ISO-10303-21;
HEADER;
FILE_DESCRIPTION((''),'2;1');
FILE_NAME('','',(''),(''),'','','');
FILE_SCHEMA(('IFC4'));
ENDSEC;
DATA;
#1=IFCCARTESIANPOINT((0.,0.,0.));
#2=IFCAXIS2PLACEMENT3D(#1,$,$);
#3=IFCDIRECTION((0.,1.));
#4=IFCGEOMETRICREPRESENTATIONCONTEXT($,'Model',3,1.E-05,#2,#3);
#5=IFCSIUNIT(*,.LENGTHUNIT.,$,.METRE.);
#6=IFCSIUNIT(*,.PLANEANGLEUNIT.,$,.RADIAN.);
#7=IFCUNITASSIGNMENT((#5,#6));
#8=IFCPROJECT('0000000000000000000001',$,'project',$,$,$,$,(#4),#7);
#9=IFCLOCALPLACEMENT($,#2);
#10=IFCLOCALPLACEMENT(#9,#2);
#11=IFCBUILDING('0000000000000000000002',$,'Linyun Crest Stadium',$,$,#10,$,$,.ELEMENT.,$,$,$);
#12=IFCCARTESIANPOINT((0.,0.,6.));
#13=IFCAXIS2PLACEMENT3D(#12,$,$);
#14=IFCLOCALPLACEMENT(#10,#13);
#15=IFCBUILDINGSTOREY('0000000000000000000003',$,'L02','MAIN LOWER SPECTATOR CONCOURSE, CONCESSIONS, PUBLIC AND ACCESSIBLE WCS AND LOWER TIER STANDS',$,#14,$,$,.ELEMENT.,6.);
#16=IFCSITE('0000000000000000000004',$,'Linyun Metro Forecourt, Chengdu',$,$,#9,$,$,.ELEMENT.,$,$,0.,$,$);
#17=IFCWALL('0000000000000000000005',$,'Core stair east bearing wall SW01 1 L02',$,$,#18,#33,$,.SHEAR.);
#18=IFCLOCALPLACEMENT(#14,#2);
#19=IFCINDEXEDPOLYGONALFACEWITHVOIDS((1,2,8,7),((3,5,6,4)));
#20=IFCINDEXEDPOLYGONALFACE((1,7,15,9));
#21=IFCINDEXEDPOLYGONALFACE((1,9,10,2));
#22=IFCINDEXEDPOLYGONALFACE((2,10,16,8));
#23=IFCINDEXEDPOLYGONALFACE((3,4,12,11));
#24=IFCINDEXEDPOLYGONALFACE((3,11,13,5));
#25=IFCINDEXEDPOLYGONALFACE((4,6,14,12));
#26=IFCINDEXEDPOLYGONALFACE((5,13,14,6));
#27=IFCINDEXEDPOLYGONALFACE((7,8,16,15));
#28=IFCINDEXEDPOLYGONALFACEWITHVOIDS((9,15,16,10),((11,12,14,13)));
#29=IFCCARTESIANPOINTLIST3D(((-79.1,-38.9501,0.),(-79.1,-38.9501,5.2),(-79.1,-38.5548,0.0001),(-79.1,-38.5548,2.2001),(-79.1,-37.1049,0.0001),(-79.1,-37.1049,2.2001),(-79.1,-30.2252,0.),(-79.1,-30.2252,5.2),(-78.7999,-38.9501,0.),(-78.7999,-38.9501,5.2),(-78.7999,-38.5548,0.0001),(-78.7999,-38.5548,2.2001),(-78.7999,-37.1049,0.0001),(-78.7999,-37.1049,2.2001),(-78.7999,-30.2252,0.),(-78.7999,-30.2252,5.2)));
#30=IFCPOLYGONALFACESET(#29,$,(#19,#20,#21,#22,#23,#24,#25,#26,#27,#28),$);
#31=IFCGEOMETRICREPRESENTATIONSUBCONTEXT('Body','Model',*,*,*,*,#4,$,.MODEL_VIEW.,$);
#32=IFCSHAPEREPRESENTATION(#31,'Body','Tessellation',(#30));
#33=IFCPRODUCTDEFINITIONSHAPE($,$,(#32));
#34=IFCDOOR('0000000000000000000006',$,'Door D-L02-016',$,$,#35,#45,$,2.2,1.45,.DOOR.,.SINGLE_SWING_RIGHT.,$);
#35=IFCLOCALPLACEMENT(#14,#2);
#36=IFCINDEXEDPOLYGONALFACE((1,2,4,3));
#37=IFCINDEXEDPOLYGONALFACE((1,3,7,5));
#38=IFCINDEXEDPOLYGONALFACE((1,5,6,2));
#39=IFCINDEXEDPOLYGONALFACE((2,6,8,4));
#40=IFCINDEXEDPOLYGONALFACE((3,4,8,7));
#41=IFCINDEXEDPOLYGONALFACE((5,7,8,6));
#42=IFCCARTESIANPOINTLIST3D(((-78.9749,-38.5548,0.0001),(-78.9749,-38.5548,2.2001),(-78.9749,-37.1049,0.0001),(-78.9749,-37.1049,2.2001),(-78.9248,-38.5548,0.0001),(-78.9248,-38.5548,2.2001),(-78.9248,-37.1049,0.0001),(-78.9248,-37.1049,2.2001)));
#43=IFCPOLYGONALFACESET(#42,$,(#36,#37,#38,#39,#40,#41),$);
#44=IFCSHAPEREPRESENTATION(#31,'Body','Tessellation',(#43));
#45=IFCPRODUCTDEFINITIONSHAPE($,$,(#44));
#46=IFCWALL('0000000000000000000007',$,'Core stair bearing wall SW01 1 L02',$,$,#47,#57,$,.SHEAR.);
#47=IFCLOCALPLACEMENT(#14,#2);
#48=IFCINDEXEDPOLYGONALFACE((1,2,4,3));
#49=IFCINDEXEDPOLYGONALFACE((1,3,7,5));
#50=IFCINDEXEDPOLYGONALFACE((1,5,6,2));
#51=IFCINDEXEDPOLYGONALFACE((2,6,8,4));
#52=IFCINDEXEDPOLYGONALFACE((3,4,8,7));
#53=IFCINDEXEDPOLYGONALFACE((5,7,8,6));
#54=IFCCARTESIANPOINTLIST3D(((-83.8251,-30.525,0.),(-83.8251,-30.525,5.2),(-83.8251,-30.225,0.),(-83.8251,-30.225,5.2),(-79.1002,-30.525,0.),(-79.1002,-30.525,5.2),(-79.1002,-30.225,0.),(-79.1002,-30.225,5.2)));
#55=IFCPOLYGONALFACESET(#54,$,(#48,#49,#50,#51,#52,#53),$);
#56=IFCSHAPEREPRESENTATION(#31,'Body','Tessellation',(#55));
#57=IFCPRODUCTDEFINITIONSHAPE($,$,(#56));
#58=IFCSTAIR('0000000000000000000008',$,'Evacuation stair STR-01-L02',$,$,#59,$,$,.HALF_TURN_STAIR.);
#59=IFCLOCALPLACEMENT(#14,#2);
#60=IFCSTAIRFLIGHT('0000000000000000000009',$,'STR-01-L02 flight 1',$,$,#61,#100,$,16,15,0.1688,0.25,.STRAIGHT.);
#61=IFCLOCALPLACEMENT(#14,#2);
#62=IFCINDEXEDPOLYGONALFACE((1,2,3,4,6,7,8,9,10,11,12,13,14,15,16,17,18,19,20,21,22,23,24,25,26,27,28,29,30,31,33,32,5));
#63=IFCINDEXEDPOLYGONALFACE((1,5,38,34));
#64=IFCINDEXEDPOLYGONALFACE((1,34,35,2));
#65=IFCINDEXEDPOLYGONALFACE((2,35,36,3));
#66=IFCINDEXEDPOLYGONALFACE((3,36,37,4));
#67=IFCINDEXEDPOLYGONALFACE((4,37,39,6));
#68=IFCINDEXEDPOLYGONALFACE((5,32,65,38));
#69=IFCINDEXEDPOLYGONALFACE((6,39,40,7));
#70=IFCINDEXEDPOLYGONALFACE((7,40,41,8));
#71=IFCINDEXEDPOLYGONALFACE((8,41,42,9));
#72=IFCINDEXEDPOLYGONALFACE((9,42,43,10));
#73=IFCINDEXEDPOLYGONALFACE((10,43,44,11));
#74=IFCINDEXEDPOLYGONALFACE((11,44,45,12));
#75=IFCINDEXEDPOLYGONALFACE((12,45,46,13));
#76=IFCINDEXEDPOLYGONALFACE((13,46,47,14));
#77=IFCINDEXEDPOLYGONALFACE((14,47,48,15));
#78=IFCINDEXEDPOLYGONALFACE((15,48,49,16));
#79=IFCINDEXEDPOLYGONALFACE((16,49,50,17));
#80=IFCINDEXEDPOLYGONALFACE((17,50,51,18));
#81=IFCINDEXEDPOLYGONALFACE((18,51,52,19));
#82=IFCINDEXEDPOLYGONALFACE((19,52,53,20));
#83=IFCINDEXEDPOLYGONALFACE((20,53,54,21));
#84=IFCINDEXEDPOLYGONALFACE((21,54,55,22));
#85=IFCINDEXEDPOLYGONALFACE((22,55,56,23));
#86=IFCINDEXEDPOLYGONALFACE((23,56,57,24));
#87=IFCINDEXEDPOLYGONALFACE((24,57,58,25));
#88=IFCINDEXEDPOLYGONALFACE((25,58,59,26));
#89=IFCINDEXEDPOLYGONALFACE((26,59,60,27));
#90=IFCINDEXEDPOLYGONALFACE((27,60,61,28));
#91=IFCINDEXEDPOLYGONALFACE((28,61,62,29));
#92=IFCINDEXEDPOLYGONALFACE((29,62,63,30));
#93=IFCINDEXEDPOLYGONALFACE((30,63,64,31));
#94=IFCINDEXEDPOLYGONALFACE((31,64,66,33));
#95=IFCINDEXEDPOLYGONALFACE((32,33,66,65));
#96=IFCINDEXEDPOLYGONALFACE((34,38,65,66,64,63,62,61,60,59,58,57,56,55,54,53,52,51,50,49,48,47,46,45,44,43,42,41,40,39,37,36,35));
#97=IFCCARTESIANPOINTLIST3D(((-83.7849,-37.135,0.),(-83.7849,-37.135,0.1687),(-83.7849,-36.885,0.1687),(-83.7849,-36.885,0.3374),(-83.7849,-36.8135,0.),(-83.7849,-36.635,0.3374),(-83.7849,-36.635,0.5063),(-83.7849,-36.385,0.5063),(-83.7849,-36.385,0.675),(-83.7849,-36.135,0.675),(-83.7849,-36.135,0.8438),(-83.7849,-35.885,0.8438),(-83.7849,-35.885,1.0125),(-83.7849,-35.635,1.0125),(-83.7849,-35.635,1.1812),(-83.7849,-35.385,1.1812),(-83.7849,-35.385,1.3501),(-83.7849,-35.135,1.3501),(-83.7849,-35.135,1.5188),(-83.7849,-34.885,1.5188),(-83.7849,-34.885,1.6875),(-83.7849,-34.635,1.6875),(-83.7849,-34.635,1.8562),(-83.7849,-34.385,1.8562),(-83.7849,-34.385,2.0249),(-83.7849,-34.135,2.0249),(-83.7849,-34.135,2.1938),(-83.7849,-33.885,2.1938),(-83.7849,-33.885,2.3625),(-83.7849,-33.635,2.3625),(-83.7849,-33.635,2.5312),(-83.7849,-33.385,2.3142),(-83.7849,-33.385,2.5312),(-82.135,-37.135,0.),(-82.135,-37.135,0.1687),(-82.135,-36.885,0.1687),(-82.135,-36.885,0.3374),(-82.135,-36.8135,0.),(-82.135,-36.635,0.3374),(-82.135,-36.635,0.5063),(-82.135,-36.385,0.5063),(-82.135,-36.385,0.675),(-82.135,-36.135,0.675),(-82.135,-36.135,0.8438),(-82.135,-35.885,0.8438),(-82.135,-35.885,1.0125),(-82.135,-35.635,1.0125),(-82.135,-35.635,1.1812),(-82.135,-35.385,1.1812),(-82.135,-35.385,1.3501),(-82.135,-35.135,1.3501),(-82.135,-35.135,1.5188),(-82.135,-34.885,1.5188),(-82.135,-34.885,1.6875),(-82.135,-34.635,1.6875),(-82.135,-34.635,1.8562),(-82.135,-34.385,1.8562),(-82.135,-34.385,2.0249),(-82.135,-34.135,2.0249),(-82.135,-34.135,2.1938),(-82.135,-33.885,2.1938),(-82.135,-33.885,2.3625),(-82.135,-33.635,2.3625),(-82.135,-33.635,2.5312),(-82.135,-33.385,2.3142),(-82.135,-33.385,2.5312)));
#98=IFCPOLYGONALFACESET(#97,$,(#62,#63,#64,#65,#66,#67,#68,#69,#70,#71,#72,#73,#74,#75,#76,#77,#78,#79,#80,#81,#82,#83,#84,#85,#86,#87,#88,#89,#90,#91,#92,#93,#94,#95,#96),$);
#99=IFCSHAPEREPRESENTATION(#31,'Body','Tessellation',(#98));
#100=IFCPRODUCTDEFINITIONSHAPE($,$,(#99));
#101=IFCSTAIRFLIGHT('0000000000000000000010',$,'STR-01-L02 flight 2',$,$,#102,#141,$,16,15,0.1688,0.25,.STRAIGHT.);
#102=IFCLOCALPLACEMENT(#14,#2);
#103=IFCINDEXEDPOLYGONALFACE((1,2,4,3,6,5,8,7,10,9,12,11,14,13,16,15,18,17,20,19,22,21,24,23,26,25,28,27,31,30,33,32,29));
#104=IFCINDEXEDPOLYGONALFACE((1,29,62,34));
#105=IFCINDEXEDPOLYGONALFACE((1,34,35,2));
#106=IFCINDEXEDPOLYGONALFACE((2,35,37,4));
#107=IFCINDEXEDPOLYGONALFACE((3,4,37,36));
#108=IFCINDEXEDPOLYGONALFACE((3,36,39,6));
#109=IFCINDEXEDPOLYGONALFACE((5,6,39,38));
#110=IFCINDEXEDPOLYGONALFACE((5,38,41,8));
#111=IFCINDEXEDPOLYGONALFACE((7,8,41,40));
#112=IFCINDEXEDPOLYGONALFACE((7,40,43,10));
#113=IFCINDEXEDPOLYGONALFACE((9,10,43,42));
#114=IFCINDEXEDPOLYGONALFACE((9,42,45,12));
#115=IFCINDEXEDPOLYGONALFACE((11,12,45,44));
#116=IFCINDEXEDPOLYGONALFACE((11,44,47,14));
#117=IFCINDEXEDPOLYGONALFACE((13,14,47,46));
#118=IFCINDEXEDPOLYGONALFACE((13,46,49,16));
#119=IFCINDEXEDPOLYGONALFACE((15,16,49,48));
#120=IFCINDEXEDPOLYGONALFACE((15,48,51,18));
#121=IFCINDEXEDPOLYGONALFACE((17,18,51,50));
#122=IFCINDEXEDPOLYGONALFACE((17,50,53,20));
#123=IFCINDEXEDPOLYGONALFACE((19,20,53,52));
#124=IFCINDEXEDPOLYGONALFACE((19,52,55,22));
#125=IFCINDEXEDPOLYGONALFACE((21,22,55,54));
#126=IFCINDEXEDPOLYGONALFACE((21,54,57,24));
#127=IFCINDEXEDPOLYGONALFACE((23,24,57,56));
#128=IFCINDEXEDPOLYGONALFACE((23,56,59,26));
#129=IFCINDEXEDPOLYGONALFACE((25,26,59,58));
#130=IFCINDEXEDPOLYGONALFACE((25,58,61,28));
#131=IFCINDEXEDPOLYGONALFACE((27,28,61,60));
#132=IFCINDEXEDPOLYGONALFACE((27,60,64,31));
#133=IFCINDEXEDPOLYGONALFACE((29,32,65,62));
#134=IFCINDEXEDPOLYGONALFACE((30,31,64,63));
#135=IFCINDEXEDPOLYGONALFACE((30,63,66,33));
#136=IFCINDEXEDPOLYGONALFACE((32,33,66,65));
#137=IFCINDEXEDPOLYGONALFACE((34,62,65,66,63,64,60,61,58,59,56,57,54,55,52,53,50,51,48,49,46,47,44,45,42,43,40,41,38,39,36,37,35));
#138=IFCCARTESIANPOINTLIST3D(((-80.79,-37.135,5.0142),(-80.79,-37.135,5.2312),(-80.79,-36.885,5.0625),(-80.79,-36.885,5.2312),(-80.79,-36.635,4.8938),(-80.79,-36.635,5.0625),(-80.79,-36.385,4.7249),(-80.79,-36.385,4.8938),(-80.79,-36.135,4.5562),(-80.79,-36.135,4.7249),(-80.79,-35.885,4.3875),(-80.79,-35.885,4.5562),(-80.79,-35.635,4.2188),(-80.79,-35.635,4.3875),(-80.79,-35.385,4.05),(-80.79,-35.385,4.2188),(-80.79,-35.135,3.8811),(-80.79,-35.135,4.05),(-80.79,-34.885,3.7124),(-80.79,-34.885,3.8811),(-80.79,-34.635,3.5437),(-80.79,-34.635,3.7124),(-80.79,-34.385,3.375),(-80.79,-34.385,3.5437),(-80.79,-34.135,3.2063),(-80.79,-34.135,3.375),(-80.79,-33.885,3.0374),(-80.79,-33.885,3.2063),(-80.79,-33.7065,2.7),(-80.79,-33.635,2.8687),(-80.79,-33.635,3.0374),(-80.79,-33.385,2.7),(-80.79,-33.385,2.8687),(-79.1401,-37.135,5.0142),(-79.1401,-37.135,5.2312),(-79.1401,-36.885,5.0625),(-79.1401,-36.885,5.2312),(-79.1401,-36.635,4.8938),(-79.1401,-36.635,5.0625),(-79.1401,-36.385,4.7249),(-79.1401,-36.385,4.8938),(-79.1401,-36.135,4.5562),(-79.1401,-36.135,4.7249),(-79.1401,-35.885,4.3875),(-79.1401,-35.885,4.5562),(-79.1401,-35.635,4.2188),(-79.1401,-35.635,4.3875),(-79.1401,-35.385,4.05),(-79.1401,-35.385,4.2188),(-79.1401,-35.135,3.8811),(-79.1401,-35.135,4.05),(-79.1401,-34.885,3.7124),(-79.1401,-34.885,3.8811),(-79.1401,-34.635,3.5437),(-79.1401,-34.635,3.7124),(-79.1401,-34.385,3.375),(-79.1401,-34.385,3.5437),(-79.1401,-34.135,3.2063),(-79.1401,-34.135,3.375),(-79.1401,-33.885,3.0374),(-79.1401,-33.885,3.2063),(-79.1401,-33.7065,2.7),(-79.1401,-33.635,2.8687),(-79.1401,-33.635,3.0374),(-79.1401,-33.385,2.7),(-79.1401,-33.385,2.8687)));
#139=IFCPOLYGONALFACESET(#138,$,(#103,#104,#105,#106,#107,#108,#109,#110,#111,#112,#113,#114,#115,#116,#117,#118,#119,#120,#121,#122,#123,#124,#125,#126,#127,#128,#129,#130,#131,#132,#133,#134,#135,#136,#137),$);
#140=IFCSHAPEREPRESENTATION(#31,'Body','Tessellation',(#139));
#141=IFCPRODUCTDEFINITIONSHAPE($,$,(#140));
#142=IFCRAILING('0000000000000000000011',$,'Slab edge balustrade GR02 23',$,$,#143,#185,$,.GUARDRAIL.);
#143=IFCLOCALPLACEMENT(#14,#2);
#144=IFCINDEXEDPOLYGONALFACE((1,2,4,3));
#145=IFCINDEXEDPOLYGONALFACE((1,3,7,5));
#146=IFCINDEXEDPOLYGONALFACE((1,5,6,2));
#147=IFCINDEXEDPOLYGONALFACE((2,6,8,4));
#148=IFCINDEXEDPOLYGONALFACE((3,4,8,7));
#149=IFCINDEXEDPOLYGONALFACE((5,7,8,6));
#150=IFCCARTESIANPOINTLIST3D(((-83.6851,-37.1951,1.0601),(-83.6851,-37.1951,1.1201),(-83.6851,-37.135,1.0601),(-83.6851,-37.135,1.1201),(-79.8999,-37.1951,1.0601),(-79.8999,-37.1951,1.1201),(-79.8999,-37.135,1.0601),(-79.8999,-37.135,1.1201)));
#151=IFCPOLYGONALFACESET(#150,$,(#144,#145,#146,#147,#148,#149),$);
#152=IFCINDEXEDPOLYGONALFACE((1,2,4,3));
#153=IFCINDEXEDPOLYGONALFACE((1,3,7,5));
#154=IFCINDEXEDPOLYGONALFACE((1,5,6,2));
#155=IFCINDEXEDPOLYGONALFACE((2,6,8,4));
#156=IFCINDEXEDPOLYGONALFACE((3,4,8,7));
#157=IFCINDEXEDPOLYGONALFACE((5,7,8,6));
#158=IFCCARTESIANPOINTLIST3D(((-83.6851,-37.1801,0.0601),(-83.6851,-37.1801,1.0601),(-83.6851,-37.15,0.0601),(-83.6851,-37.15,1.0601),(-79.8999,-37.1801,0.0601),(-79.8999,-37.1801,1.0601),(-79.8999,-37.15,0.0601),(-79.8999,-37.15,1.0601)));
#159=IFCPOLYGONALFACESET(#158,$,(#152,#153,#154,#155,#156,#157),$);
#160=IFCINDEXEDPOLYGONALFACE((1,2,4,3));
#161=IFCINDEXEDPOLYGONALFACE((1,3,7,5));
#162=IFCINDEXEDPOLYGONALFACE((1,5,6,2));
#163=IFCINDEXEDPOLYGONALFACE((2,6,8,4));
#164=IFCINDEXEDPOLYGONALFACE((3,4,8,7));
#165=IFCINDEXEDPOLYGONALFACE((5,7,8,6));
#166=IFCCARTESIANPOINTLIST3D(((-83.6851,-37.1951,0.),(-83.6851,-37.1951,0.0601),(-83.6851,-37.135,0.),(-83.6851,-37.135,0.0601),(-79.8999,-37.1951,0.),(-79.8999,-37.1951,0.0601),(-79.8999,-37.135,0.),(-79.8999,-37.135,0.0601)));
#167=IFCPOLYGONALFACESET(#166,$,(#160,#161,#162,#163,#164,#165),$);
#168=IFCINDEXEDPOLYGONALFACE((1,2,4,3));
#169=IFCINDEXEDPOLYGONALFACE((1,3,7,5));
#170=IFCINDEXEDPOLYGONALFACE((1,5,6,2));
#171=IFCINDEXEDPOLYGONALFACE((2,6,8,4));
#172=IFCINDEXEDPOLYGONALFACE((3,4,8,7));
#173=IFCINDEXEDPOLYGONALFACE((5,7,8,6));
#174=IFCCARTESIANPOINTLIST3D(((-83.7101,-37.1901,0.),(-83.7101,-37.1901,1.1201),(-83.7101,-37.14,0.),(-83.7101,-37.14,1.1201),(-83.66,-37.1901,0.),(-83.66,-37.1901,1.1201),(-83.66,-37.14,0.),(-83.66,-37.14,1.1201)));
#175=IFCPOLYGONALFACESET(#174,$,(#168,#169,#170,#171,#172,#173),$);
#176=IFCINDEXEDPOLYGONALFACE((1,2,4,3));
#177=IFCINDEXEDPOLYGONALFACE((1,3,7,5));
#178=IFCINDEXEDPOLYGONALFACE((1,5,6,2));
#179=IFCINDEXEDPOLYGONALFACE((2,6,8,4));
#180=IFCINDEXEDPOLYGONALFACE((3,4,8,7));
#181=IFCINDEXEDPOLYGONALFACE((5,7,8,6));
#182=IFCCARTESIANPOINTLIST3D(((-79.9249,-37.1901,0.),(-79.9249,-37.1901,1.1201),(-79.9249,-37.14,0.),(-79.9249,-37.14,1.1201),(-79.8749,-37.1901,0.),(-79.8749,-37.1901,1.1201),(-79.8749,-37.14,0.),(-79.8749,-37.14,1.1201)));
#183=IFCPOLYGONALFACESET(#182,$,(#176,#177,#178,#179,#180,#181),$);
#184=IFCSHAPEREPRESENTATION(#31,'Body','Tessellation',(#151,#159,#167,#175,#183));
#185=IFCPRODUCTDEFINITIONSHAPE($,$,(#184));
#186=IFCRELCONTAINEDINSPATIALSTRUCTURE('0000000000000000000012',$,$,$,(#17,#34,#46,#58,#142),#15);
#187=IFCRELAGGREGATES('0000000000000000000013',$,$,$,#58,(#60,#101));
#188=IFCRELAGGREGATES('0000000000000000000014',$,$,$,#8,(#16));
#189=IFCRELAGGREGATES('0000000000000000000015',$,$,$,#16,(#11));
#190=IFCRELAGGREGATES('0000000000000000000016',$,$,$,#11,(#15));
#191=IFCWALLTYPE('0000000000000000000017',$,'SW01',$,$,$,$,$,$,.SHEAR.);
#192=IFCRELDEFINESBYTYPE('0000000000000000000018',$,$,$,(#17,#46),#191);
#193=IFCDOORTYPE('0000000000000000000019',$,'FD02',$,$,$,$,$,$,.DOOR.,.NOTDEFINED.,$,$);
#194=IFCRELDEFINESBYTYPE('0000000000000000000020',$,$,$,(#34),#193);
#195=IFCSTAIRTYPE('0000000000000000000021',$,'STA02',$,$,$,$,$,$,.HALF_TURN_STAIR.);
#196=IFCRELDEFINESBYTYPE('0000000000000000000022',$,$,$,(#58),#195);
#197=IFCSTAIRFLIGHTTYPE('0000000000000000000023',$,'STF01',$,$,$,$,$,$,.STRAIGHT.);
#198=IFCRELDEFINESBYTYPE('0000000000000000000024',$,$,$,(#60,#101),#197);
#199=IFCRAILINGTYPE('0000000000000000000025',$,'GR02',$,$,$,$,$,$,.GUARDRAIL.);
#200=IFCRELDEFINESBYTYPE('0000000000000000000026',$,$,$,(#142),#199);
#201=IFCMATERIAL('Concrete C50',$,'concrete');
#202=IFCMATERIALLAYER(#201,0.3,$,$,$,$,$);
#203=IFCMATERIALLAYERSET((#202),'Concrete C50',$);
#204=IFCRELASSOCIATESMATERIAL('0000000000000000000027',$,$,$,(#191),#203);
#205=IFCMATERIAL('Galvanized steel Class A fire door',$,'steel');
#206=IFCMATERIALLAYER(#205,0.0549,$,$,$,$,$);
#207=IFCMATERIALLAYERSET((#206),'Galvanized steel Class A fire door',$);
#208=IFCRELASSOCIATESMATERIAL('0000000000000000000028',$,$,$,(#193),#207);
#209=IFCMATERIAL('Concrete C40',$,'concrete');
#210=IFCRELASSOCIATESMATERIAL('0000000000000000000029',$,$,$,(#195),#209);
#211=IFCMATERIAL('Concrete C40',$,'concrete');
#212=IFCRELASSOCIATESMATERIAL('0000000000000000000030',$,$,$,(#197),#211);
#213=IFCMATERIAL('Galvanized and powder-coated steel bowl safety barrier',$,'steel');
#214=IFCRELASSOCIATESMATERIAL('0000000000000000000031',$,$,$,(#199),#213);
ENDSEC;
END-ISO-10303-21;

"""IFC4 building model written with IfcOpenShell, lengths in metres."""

from ifc_helpers import new_model, si_unit, direction, frame, frame_2d, origin, origin_2d, place, context, subcontext, project, spatial, polyline, rectangle, outline, extrude, material, layer, layer_set, type_object, element, fill, aggregate, save


model = new_model("IFC4")

# Units and contexts
model_context = context("Model", 3, precision=1e-05, world=origin(), true_north=direction((0.0, 1.0)))
body_context = subcontext(model_context, "Body", "Model", "MODEL_VIEW")
ifc_project = project(units=[si_unit("LENGTHUNIT", "METRE"), si_unit("PLANEANGLEUNIT", "RADIAN")], contexts=[model_context])

# Site, building, storey
site_placement = place(None, origin())
site = spatial("IfcSite", under=ifc_project, at=site_placement, Name="Linyun Metro Forecourt, Chengdu", CompositionType="ELEMENT", RefElevation=0.0)
building_placement = place(site_placement, origin())
building = spatial("IfcBuilding", under=site, at=building_placement, Name="Linyun Crest Stadium", CompositionType="ELEMENT")
storey_placement = place(building_placement, frame((0.0, 0.0, 6.0)))
storey = spatial("IfcBuildingStorey", under=building, at=storey_placement, Name="L02", Description="MAIN LOWER SPECTATOR CONCOURSE, CONCESSIONS, PUBLIC AND ACCESSIBLE WCS AND LOWER TIER STANDS", CompositionType="ELEMENT", Elevation=6.0)

# Wall, opening, door
ifc_material_1 = material(Name="Concrete C50", Category="concrete")
ifc_layer_1 = layer(ifc_material_1, 0.3)
ifc_layer_set_1 = layer_set([ifc_layer_1], Name="Concrete C50")
wall_type_1 = type_object("IfcWallType", Name="SW01", PredefinedType="SHEAR", material=ifc_layer_set_1)
wall_1_placement = place(storey_placement, frame((-78.95, -38.95, 0.0), z_axis=(0.0, 0.0, 1.0), x_axis=(0.0, 1.0, 0.0)))
wall_1 = element("IfcWall", 1, at=wall_1_placement, inside=storey, type_object=wall_type_1, Name="Core stair east bearing wall SW01 1 L02", PredefinedType="SHEAR", context=body_context, shape_type="SweptSolid", body=[
    extrude(rectangle(XDim=8.7249, YDim=0.3, at=frame_2d((4.3623, 0.0))), origin(), (0.0, 0.0, 1.0), 5.2),
])
opening_1_placement = place(wall_1_placement, frame((0.395, 0.0, 0.0)))
opening_1 = element("IfcOpeningElement", 2, at=opening_1_placement, cuts=wall_1, PredefinedType="OPENING", context=body_context, shape_type="SweptSolid", body=[
    extrude(rectangle(XDim=1.45, YDim=2.2, at=frame_2d((0.7251, 1.1001))), frame((0.0, 0.1599, 0.0), z_axis=(0.0, -1.0, 0.0), x_axis=(1.0, 0.0, 0.0)), (0.0, 0.0, 1.0), 0.3201),
])
ifc_material_2 = material(Name="Galvanized steel Class A fire door", Category="steel")
ifc_layer_2 = layer(ifc_material_2, 0.0549)
ifc_layer_set_2 = layer_set([ifc_layer_2], Name="Galvanized steel Class A fire door")
door_type_1 = type_object("IfcDoorType", Name="FD02", OperationType="NOTDEFINED", PredefinedType="DOOR", material=ifc_layer_set_2)
door_1_placement = place(opening_1_placement, origin())
door_1 = element("IfcDoor", 3, at=door_1_placement, inside=storey, type_object=door_type_1, Name="Door D-L02-016", OperationType="SINGLE_SWING_RIGHT", OverallHeight=2.2, OverallWidth=1.45, PredefinedType="DOOR", context=body_context, shape_type="SweptSolid", body=[
    extrude(rectangle(XDim=1.45, YDim=2.2, at=frame_2d((0.7251, 1.1001))), frame((0.0, 0.0249, 0.0), z_axis=(0.0, -1.0, 0.0), x_axis=(1.0, 0.0, 0.0)), (0.0, 0.0, 1.0), 0.05),
])
fill(opening_1, door_1)

# Wall
wall_2_placement = place(storey_placement, frame((-83.825, -30.375, 0.0), z_axis=(0.0, 0.0, 1.0), x_axis=(1.0, 0.0, 0.0)))
element("IfcWall", 4, at=wall_2_placement, inside=storey, type_object=wall_type_1, Name="Core stair bearing wall SW01 1 L02", PredefinedType="SHEAR", context=body_context, shape_type="SweptSolid", body=[
    extrude(rectangle(XDim=4.7249, YDim=0.3, at=frame_2d((2.3623, 0.0))), origin(), (0.0, 0.0, 1.0), 5.2),
])

# Stair, stair flights
ifc_material_3 = material(Name="Concrete C40", Category="concrete")
stair_type = type_object("IfcStairType", Name="STA02", PredefinedType="HALF_TURN_STAIR", material=ifc_material_3)
stair_placement = place(storey_placement, origin())
stair = element("IfcStair", 5, at=stair_placement, inside=storey, type_object=stair_type, Name="Evacuation stair STR-01-L02", PredefinedType="HALF_TURN_STAIR")
ifc_material_4 = material(Name="Concrete C40", Category="concrete")
stair_flight_type = type_object("IfcStairFlightType", Name="STF01", PredefinedType="STRAIGHT", material=ifc_material_4)
stair_flight_1_placement = place(storey_placement, frame((-82.96, -37.135, 0.0), z_axis=(0.0, 0.0, 1.0), x_axis=(0.0, 1.0, 0.0)))
stair_flight_1 = element("IfcStairFlight", 6, at=stair_flight_1_placement, type_object=stair_flight_type, Name="STR-01-L02 flight 1", NumberOfRisers=16, NumberOfTreads=15, PredefinedType="STRAIGHT", RiserHeight=0.1688, TreadLength=0.25, context=body_context, shape_type="SweptSolid", body=[
    extrude(outline(polyline([(0.0, 0.0), (0.0, 0.1687), (0.25, 0.1687), (0.25, 0.3374), (0.5, 0.3374), (0.5, 0.5063), (0.75, 0.5063), (0.75, 0.675), (1.0, 0.675), (1.0, 0.8438), (1.25, 0.8438), (1.25, 1.0125), (1.5, 1.0125), (1.5, 1.1812), (1.75, 1.1812), (1.75, 1.3501), (2.0, 1.3501), (2.0, 1.5188), (2.25, 1.5188), (2.25, 1.6875), (2.5, 1.6875), (2.5, 1.8562), (2.75, 1.8562), (2.75, 2.0249), (3.0, 2.0249), (3.0, 2.1938), (3.25, 2.1938), (3.25, 2.3625), (3.5, 2.3625), (3.5, 2.5312), (3.75, 2.5312), (3.75, 2.7), (3.75, 2.3142), (0.3215, 0.0), (0.0, 0.0)])), frame((0.0, 0.825, 0.0), z_axis=(0.0, -1.0, 0.0), x_axis=(1.0, 0.0, 0.0)), (0.0, 0.0, 1.0), 1.6499),
])
stair_flight_2_placement = place(storey_placement, frame((-79.9651, -33.385, 2.7), z_axis=(0.0, 0.0, 1.0), x_axis=(0.0, -1.0, 0.0)))
stair_flight_2 = element("IfcStairFlight", 7, at=stair_flight_2_placement, type_object=stair_flight_type, Name="STR-01-L02 flight 2", NumberOfRisers=16, NumberOfTreads=15, PredefinedType="STRAIGHT", RiserHeight=0.1688, TreadLength=0.25, context=body_context, shape_type="SweptSolid", body=[
    extrude(outline(polyline([(0.0, 0.0), (0.0, 0.1687), (0.25, 0.1687), (0.25, 0.3374), (0.5, 0.3374), (0.5, 0.5063), (0.75, 0.5063), (0.75, 0.675), (1.0, 0.675), (1.0, 0.8438), (1.25, 0.8438), (1.25, 1.0125), (1.5, 1.0125), (1.5, 1.1812), (1.75, 1.1812), (1.75, 1.3501), (2.0, 1.3501), (2.0, 1.5188), (2.25, 1.5188), (2.25, 1.6875), (2.5, 1.6875), (2.5, 1.8562), (2.75, 1.8562), (2.75, 2.0249), (3.0, 2.0249), (3.0, 2.1938), (3.25, 2.1938), (3.25, 2.3625), (3.5, 2.3625), (3.5, 2.5312), (3.75, 2.5312), (3.75, 2.7), (3.75, 2.3142), (0.3215, 0.0), (0.0, 0.0)])), frame((0.0, 0.825, 0.0), z_axis=(0.0, -1.0, 0.0), x_axis=(1.0, 0.0, 0.0)), (0.0, 0.0, 1.0), 1.6499),
])
aggregate(stair, [stair_flight_1, stair_flight_2])

# Railing
ifc_material_5 = material(Name="Galvanized and powder-coated steel bowl safety barrier", Category="steel")
railing_type_1 = type_object("IfcRailingType", Name="GR02", PredefinedType="GUARDRAIL", material=ifc_material_5)
railing_1_placement = place(storey_placement, frame((-83.6851, -37.165, 0.0)))
element("IfcRailing", 8, at=railing_1_placement, inside=storey, type_object=railing_type_1, Name="Slab edge balustrade GR02 23", PredefinedType="GUARDRAIL", context=body_context, shape_type="SweptSolid", body=[
    extrude(rectangle(XDim=0.0601, YDim=0.0601, at=origin_2d()), frame((0.0, 0.0, 1.0901), z_axis=(1.0, 0.0, 0.0), x_axis=(0.0, 1.0, 0.0)), (0.0, 0.0, 1.0), 3.7852),
    extrude(rectangle(XDim=0.03, YDim=1.0, at=origin_2d()), frame((0.0, 0.0, 0.5601), z_axis=(1.0, 0.0, 0.0), x_axis=(0.0, 1.0, 0.0)), (0.0, 0.0, 1.0), 3.7852),
    extrude(rectangle(XDim=0.0601, YDim=0.0601, at=origin_2d()), frame((0.0, 0.0, 0.03), z_axis=(1.0, 0.0, 0.0), x_axis=(0.0, 1.0, 0.0)), (0.0, 0.0, 1.0), 3.7852),
    extrude(rectangle(XDim=0.05, YDim=0.05, at=origin_2d()), origin(), (0.0, 0.0, 1.0), 1.1201),
    extrude(rectangle(XDim=0.05, YDim=0.05, at=origin_2d()), frame((3.7852, 0.0, 0.0)), (0.0, 0.0, 1.0), 1.1201),
])

save(model, "model.ifc")
